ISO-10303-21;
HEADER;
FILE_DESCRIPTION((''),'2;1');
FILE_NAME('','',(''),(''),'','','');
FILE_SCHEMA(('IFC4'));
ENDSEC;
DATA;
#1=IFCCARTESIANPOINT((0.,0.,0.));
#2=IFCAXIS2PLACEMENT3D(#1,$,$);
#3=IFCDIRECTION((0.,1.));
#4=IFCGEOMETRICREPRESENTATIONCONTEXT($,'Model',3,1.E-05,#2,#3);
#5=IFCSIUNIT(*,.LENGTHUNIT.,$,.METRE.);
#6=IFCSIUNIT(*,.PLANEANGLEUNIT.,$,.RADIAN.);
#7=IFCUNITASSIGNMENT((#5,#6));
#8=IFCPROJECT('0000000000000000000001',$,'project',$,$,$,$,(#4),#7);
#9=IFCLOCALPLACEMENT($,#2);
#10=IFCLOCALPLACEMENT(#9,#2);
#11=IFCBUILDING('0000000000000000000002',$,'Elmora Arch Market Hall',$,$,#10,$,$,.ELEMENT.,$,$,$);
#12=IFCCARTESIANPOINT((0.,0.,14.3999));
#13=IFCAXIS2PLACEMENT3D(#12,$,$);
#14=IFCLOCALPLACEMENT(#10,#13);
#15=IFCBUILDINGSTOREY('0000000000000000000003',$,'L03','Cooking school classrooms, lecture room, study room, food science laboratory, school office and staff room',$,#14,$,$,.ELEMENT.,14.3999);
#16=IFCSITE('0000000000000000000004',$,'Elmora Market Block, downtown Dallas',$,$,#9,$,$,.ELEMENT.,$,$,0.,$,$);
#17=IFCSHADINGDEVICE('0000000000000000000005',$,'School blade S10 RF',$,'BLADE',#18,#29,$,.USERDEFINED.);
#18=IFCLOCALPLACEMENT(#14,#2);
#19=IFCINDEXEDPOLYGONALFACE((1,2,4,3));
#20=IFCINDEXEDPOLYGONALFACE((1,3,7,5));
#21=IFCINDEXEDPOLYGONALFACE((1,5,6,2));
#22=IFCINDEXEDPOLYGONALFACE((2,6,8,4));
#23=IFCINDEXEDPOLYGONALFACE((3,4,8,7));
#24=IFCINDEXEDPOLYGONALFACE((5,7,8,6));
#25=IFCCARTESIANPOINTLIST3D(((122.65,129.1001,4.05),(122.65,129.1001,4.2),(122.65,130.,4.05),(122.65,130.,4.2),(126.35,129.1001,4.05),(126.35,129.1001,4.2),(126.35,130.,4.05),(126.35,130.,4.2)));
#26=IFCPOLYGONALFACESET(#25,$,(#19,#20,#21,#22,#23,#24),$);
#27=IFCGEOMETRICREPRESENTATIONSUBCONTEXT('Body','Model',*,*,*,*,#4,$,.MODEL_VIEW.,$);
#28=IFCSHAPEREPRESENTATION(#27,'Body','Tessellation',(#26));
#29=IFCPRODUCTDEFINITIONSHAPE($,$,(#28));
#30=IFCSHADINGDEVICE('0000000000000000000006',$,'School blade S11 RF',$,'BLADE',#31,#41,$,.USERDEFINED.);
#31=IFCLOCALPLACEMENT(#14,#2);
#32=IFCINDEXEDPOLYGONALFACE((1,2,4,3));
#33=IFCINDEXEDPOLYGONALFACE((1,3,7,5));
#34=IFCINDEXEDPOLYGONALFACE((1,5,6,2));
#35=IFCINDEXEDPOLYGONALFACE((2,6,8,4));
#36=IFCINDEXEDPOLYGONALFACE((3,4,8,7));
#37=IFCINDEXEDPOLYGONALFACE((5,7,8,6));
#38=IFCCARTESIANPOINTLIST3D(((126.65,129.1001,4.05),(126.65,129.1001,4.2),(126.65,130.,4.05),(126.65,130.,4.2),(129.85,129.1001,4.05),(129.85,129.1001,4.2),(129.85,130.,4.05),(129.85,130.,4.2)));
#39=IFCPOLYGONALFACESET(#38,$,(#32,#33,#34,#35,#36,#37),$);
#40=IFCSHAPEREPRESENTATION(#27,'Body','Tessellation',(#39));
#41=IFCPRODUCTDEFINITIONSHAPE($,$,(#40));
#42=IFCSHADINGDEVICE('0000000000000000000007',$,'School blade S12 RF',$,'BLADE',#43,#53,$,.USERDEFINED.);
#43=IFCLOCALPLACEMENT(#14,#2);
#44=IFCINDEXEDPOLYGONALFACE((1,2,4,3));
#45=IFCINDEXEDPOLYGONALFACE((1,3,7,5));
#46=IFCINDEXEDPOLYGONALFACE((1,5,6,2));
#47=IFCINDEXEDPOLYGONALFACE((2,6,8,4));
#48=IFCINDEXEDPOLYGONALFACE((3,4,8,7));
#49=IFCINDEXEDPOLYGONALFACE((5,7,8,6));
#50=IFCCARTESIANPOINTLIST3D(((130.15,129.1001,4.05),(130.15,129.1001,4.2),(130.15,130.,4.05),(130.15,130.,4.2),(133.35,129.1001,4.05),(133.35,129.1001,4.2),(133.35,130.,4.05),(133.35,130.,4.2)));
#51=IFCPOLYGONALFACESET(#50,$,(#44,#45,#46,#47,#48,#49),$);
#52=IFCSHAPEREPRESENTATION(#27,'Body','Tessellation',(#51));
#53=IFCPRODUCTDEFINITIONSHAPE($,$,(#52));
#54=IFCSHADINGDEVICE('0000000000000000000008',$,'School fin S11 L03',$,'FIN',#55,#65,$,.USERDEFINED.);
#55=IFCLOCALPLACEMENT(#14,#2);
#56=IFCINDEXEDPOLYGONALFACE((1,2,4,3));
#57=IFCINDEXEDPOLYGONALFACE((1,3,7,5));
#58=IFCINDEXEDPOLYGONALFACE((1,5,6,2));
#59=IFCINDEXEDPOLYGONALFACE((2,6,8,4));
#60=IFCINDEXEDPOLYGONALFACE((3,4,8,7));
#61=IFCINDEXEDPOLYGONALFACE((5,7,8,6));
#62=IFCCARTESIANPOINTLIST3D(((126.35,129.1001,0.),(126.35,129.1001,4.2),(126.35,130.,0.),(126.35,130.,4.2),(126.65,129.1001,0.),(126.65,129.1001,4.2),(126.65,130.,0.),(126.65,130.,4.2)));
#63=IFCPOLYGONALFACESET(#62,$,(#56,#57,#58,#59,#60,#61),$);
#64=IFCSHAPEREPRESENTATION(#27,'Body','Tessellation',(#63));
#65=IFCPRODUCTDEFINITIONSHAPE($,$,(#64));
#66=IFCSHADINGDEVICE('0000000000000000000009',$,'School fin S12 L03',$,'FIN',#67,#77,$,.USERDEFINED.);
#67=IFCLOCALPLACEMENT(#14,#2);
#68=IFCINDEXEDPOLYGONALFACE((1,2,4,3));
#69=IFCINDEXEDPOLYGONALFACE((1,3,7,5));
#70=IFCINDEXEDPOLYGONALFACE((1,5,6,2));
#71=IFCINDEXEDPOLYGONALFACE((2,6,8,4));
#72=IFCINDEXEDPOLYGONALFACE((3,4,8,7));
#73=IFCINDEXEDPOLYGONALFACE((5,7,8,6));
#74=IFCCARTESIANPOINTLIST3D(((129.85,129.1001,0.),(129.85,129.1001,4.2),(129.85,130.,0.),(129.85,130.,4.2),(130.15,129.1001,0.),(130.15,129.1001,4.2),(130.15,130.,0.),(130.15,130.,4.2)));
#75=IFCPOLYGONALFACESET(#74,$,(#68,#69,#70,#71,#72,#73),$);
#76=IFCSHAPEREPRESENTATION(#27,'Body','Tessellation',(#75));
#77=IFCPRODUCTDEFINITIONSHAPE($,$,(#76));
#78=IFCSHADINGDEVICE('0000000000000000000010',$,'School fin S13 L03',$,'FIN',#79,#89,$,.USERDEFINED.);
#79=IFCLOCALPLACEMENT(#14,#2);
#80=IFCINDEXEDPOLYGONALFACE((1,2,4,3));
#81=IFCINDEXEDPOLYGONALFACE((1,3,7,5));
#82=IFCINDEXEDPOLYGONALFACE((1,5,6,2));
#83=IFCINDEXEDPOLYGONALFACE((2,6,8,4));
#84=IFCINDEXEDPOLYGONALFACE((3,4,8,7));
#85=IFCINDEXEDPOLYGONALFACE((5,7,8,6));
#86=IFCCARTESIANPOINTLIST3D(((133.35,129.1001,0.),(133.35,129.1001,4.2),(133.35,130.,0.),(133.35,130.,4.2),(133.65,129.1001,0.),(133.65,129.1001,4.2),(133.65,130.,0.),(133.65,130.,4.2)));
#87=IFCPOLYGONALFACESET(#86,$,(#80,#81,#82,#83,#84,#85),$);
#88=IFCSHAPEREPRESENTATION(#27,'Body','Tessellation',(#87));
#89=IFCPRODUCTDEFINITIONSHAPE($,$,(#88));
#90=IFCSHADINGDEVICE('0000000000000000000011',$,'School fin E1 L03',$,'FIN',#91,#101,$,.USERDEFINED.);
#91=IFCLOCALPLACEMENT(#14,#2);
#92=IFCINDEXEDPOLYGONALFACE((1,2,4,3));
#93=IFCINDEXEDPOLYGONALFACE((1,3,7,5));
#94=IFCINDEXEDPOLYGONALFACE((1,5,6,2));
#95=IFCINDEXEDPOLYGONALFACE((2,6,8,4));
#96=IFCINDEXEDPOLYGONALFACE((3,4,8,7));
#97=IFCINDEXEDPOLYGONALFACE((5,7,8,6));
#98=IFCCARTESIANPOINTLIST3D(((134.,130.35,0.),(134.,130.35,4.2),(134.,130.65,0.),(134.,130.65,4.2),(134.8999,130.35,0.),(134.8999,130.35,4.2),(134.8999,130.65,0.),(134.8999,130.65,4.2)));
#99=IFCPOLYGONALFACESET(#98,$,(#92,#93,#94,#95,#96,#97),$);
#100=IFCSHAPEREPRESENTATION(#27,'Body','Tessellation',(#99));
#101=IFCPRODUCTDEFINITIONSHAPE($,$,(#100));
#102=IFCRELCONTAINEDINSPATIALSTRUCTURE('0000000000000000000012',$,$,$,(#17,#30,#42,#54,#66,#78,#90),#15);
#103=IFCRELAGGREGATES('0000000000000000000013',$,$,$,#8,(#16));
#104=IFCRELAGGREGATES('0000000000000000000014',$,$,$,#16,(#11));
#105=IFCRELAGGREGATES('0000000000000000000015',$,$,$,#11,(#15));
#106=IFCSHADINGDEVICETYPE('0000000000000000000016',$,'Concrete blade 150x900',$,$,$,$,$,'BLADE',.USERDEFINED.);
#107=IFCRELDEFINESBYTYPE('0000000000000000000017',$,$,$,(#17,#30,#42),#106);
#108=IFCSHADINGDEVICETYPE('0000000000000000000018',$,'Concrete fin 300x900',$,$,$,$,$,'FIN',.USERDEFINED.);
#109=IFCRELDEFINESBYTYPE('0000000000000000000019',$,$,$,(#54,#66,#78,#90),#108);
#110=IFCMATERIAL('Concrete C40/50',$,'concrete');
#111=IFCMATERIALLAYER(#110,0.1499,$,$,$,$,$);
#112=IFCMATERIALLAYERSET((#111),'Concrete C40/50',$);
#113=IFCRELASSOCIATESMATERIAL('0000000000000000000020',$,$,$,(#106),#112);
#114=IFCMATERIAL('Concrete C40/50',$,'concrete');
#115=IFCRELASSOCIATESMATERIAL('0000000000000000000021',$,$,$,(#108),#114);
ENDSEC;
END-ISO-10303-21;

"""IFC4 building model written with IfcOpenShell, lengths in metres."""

from ifc_helpers import new_model, si_unit, direction, frame, origin, origin_2d, place, context, subcontext, project, spatial, rectangle, extrude, material, layer, layer_set, type_object, element, save


model = new_model("IFC4")

# Units and contexts
model_context = context("Model", 3, precision=1e-05, world=origin(), true_north=direction((0.0, 1.0)))
body_context = subcontext(model_context, "Body", "Model", "MODEL_VIEW")
ifc_project = project(units=[si_unit("LENGTHUNIT", "METRE"), si_unit("PLANEANGLEUNIT", "RADIAN")], contexts=[model_context])

# Site, building, storey
site_placement = place(None, origin())
site = spatial("IfcSite", under=ifc_project, at=site_placement, Name="Elmora Market Block, downtown Dallas", CompositionType="ELEMENT", RefElevation=0.0)
building_placement = place(site_placement, origin())
building = spatial("IfcBuilding", under=site, at=building_placement, Name="Elmora Arch Market Hall", CompositionType="ELEMENT")
storey_placement = place(building_placement, frame((0.0, 0.0, 14.3999)))
storey = spatial("IfcBuildingStorey", under=building, at=storey_placement, Name="L03", Description="Cooking school classrooms, lecture room, study room, food science laboratory, school office and staff room", CompositionType="ELEMENT", Elevation=14.3999)

# Shading devices
ifc_material_1 = material(Name="Concrete C40/50", Category="concrete")
ifc_layer_1 = layer(ifc_material_1, 0.1499)
ifc_layer_set_1 = layer_set([ifc_layer_1], Name="Concrete C40/50")
shading_device_type_1 = type_object("IfcShadingDeviceType", Name="Concrete blade 150x900", ElementType="BLADE", PredefinedType="USERDEFINED", material=ifc_layer_set_1)
shading_device_1_placement = place(storey_placement, frame((124.5, 129.55, 4.05), z_axis=(0.0, 0.0, 1.0), x_axis=(1.0, 0.0, 0.0)))
element("IfcShadingDevice", 1, at=shading_device_1_placement, inside=storey, type_object=shading_device_type_1, Name="School blade S10 RF", ObjectType="BLADE", PredefinedType="USERDEFINED", context=body_context, shape_type="SweptSolid", body=[
    extrude(rectangle(XDim=3.7, YDim=0.8999, at=origin_2d()), origin(), (0.0, 0.0, 1.0), 0.1499),
])
for number, where, z_axis, x_axis, name in (
    (2, (128.25, 129.55, 4.05), (0.0, 0.0, 1.0), (1.0, 0.0, 0.0), "School blade S11 RF"),
    (3, (131.75, 129.55, 4.05), (0.0, 0.0, 1.0), (1.0, 0.0, 0.0), "School blade S12 RF"),
):
    element("IfcShadingDevice", number, at=place(storey_placement, frame(where, z_axis=z_axis, x_axis=x_axis)), inside=storey, type_object=shading_device_type_1, Name=name, ObjectType="BLADE", PredefinedType="USERDEFINED", context=body_context, shape_type="SweptSolid", body=[
        extrude(rectangle(XDim=3.2, YDim=0.8999, at=origin_2d()), origin(), (0.0, 0.0, 1.0), 0.1499),
    ])
ifc_material_2 = material(Name="Concrete C40/50", Category="concrete")
shading_device_type_2 = type_object("IfcShadingDeviceType", Name="Concrete fin 300x900", ElementType="FIN", PredefinedType="USERDEFINED", material=ifc_material_2)
for number, where, z_axis, x_axis, name in (
    (4, (126.5, 129.55, 0.0), (0.0, 0.0, 1.0), (1.0, 0.0, 0.0), "School fin S11 L03"),
    (5, (130.0, 129.55, 0.0), (0.0, 0.0, 1.0), (1.0, 0.0, 0.0), "School fin S12 L03"),
    (6, (133.5, 129.55, 0.0), (0.0, 0.0, 1.0), (1.0, 0.0, 0.0), "School fin S13 L03"),
):
    element("IfcShadingDevice", number, at=place(storey_placement, frame(where, z_axis=z_axis, x_axis=x_axis)), inside=storey, type_object=shading_device_type_2, Name=name, ObjectType="FIN", PredefinedType="USERDEFINED", context=body_context, shape_type="SweptSolid", body=[
        extrude(rectangle(XDim=0.3, YDim=0.8999, at=origin_2d()), origin(), (0.0, 0.0, 1.0), 4.2),
    ])
shading_device_2_placement = place(storey_placement, frame((134.45, 130.5, 0.0), z_axis=(0.0, 0.0, 1.0), x_axis=(1.0, 0.0, 0.0)))
element("IfcShadingDevice", 7, at=shading_device_2_placement, inside=storey, type_object=shading_device_type_2, Name="School fin E1 L03", ObjectType="FIN", PredefinedType="USERDEFINED", context=body_context, shape_type="SweptSolid", body=[
    extrude(rectangle(XDim=0.8999, YDim=0.3, at=origin_2d()), origin(), (0.0, 0.0, 1.0), 4.2),
])

save(model, "model.ifc")
